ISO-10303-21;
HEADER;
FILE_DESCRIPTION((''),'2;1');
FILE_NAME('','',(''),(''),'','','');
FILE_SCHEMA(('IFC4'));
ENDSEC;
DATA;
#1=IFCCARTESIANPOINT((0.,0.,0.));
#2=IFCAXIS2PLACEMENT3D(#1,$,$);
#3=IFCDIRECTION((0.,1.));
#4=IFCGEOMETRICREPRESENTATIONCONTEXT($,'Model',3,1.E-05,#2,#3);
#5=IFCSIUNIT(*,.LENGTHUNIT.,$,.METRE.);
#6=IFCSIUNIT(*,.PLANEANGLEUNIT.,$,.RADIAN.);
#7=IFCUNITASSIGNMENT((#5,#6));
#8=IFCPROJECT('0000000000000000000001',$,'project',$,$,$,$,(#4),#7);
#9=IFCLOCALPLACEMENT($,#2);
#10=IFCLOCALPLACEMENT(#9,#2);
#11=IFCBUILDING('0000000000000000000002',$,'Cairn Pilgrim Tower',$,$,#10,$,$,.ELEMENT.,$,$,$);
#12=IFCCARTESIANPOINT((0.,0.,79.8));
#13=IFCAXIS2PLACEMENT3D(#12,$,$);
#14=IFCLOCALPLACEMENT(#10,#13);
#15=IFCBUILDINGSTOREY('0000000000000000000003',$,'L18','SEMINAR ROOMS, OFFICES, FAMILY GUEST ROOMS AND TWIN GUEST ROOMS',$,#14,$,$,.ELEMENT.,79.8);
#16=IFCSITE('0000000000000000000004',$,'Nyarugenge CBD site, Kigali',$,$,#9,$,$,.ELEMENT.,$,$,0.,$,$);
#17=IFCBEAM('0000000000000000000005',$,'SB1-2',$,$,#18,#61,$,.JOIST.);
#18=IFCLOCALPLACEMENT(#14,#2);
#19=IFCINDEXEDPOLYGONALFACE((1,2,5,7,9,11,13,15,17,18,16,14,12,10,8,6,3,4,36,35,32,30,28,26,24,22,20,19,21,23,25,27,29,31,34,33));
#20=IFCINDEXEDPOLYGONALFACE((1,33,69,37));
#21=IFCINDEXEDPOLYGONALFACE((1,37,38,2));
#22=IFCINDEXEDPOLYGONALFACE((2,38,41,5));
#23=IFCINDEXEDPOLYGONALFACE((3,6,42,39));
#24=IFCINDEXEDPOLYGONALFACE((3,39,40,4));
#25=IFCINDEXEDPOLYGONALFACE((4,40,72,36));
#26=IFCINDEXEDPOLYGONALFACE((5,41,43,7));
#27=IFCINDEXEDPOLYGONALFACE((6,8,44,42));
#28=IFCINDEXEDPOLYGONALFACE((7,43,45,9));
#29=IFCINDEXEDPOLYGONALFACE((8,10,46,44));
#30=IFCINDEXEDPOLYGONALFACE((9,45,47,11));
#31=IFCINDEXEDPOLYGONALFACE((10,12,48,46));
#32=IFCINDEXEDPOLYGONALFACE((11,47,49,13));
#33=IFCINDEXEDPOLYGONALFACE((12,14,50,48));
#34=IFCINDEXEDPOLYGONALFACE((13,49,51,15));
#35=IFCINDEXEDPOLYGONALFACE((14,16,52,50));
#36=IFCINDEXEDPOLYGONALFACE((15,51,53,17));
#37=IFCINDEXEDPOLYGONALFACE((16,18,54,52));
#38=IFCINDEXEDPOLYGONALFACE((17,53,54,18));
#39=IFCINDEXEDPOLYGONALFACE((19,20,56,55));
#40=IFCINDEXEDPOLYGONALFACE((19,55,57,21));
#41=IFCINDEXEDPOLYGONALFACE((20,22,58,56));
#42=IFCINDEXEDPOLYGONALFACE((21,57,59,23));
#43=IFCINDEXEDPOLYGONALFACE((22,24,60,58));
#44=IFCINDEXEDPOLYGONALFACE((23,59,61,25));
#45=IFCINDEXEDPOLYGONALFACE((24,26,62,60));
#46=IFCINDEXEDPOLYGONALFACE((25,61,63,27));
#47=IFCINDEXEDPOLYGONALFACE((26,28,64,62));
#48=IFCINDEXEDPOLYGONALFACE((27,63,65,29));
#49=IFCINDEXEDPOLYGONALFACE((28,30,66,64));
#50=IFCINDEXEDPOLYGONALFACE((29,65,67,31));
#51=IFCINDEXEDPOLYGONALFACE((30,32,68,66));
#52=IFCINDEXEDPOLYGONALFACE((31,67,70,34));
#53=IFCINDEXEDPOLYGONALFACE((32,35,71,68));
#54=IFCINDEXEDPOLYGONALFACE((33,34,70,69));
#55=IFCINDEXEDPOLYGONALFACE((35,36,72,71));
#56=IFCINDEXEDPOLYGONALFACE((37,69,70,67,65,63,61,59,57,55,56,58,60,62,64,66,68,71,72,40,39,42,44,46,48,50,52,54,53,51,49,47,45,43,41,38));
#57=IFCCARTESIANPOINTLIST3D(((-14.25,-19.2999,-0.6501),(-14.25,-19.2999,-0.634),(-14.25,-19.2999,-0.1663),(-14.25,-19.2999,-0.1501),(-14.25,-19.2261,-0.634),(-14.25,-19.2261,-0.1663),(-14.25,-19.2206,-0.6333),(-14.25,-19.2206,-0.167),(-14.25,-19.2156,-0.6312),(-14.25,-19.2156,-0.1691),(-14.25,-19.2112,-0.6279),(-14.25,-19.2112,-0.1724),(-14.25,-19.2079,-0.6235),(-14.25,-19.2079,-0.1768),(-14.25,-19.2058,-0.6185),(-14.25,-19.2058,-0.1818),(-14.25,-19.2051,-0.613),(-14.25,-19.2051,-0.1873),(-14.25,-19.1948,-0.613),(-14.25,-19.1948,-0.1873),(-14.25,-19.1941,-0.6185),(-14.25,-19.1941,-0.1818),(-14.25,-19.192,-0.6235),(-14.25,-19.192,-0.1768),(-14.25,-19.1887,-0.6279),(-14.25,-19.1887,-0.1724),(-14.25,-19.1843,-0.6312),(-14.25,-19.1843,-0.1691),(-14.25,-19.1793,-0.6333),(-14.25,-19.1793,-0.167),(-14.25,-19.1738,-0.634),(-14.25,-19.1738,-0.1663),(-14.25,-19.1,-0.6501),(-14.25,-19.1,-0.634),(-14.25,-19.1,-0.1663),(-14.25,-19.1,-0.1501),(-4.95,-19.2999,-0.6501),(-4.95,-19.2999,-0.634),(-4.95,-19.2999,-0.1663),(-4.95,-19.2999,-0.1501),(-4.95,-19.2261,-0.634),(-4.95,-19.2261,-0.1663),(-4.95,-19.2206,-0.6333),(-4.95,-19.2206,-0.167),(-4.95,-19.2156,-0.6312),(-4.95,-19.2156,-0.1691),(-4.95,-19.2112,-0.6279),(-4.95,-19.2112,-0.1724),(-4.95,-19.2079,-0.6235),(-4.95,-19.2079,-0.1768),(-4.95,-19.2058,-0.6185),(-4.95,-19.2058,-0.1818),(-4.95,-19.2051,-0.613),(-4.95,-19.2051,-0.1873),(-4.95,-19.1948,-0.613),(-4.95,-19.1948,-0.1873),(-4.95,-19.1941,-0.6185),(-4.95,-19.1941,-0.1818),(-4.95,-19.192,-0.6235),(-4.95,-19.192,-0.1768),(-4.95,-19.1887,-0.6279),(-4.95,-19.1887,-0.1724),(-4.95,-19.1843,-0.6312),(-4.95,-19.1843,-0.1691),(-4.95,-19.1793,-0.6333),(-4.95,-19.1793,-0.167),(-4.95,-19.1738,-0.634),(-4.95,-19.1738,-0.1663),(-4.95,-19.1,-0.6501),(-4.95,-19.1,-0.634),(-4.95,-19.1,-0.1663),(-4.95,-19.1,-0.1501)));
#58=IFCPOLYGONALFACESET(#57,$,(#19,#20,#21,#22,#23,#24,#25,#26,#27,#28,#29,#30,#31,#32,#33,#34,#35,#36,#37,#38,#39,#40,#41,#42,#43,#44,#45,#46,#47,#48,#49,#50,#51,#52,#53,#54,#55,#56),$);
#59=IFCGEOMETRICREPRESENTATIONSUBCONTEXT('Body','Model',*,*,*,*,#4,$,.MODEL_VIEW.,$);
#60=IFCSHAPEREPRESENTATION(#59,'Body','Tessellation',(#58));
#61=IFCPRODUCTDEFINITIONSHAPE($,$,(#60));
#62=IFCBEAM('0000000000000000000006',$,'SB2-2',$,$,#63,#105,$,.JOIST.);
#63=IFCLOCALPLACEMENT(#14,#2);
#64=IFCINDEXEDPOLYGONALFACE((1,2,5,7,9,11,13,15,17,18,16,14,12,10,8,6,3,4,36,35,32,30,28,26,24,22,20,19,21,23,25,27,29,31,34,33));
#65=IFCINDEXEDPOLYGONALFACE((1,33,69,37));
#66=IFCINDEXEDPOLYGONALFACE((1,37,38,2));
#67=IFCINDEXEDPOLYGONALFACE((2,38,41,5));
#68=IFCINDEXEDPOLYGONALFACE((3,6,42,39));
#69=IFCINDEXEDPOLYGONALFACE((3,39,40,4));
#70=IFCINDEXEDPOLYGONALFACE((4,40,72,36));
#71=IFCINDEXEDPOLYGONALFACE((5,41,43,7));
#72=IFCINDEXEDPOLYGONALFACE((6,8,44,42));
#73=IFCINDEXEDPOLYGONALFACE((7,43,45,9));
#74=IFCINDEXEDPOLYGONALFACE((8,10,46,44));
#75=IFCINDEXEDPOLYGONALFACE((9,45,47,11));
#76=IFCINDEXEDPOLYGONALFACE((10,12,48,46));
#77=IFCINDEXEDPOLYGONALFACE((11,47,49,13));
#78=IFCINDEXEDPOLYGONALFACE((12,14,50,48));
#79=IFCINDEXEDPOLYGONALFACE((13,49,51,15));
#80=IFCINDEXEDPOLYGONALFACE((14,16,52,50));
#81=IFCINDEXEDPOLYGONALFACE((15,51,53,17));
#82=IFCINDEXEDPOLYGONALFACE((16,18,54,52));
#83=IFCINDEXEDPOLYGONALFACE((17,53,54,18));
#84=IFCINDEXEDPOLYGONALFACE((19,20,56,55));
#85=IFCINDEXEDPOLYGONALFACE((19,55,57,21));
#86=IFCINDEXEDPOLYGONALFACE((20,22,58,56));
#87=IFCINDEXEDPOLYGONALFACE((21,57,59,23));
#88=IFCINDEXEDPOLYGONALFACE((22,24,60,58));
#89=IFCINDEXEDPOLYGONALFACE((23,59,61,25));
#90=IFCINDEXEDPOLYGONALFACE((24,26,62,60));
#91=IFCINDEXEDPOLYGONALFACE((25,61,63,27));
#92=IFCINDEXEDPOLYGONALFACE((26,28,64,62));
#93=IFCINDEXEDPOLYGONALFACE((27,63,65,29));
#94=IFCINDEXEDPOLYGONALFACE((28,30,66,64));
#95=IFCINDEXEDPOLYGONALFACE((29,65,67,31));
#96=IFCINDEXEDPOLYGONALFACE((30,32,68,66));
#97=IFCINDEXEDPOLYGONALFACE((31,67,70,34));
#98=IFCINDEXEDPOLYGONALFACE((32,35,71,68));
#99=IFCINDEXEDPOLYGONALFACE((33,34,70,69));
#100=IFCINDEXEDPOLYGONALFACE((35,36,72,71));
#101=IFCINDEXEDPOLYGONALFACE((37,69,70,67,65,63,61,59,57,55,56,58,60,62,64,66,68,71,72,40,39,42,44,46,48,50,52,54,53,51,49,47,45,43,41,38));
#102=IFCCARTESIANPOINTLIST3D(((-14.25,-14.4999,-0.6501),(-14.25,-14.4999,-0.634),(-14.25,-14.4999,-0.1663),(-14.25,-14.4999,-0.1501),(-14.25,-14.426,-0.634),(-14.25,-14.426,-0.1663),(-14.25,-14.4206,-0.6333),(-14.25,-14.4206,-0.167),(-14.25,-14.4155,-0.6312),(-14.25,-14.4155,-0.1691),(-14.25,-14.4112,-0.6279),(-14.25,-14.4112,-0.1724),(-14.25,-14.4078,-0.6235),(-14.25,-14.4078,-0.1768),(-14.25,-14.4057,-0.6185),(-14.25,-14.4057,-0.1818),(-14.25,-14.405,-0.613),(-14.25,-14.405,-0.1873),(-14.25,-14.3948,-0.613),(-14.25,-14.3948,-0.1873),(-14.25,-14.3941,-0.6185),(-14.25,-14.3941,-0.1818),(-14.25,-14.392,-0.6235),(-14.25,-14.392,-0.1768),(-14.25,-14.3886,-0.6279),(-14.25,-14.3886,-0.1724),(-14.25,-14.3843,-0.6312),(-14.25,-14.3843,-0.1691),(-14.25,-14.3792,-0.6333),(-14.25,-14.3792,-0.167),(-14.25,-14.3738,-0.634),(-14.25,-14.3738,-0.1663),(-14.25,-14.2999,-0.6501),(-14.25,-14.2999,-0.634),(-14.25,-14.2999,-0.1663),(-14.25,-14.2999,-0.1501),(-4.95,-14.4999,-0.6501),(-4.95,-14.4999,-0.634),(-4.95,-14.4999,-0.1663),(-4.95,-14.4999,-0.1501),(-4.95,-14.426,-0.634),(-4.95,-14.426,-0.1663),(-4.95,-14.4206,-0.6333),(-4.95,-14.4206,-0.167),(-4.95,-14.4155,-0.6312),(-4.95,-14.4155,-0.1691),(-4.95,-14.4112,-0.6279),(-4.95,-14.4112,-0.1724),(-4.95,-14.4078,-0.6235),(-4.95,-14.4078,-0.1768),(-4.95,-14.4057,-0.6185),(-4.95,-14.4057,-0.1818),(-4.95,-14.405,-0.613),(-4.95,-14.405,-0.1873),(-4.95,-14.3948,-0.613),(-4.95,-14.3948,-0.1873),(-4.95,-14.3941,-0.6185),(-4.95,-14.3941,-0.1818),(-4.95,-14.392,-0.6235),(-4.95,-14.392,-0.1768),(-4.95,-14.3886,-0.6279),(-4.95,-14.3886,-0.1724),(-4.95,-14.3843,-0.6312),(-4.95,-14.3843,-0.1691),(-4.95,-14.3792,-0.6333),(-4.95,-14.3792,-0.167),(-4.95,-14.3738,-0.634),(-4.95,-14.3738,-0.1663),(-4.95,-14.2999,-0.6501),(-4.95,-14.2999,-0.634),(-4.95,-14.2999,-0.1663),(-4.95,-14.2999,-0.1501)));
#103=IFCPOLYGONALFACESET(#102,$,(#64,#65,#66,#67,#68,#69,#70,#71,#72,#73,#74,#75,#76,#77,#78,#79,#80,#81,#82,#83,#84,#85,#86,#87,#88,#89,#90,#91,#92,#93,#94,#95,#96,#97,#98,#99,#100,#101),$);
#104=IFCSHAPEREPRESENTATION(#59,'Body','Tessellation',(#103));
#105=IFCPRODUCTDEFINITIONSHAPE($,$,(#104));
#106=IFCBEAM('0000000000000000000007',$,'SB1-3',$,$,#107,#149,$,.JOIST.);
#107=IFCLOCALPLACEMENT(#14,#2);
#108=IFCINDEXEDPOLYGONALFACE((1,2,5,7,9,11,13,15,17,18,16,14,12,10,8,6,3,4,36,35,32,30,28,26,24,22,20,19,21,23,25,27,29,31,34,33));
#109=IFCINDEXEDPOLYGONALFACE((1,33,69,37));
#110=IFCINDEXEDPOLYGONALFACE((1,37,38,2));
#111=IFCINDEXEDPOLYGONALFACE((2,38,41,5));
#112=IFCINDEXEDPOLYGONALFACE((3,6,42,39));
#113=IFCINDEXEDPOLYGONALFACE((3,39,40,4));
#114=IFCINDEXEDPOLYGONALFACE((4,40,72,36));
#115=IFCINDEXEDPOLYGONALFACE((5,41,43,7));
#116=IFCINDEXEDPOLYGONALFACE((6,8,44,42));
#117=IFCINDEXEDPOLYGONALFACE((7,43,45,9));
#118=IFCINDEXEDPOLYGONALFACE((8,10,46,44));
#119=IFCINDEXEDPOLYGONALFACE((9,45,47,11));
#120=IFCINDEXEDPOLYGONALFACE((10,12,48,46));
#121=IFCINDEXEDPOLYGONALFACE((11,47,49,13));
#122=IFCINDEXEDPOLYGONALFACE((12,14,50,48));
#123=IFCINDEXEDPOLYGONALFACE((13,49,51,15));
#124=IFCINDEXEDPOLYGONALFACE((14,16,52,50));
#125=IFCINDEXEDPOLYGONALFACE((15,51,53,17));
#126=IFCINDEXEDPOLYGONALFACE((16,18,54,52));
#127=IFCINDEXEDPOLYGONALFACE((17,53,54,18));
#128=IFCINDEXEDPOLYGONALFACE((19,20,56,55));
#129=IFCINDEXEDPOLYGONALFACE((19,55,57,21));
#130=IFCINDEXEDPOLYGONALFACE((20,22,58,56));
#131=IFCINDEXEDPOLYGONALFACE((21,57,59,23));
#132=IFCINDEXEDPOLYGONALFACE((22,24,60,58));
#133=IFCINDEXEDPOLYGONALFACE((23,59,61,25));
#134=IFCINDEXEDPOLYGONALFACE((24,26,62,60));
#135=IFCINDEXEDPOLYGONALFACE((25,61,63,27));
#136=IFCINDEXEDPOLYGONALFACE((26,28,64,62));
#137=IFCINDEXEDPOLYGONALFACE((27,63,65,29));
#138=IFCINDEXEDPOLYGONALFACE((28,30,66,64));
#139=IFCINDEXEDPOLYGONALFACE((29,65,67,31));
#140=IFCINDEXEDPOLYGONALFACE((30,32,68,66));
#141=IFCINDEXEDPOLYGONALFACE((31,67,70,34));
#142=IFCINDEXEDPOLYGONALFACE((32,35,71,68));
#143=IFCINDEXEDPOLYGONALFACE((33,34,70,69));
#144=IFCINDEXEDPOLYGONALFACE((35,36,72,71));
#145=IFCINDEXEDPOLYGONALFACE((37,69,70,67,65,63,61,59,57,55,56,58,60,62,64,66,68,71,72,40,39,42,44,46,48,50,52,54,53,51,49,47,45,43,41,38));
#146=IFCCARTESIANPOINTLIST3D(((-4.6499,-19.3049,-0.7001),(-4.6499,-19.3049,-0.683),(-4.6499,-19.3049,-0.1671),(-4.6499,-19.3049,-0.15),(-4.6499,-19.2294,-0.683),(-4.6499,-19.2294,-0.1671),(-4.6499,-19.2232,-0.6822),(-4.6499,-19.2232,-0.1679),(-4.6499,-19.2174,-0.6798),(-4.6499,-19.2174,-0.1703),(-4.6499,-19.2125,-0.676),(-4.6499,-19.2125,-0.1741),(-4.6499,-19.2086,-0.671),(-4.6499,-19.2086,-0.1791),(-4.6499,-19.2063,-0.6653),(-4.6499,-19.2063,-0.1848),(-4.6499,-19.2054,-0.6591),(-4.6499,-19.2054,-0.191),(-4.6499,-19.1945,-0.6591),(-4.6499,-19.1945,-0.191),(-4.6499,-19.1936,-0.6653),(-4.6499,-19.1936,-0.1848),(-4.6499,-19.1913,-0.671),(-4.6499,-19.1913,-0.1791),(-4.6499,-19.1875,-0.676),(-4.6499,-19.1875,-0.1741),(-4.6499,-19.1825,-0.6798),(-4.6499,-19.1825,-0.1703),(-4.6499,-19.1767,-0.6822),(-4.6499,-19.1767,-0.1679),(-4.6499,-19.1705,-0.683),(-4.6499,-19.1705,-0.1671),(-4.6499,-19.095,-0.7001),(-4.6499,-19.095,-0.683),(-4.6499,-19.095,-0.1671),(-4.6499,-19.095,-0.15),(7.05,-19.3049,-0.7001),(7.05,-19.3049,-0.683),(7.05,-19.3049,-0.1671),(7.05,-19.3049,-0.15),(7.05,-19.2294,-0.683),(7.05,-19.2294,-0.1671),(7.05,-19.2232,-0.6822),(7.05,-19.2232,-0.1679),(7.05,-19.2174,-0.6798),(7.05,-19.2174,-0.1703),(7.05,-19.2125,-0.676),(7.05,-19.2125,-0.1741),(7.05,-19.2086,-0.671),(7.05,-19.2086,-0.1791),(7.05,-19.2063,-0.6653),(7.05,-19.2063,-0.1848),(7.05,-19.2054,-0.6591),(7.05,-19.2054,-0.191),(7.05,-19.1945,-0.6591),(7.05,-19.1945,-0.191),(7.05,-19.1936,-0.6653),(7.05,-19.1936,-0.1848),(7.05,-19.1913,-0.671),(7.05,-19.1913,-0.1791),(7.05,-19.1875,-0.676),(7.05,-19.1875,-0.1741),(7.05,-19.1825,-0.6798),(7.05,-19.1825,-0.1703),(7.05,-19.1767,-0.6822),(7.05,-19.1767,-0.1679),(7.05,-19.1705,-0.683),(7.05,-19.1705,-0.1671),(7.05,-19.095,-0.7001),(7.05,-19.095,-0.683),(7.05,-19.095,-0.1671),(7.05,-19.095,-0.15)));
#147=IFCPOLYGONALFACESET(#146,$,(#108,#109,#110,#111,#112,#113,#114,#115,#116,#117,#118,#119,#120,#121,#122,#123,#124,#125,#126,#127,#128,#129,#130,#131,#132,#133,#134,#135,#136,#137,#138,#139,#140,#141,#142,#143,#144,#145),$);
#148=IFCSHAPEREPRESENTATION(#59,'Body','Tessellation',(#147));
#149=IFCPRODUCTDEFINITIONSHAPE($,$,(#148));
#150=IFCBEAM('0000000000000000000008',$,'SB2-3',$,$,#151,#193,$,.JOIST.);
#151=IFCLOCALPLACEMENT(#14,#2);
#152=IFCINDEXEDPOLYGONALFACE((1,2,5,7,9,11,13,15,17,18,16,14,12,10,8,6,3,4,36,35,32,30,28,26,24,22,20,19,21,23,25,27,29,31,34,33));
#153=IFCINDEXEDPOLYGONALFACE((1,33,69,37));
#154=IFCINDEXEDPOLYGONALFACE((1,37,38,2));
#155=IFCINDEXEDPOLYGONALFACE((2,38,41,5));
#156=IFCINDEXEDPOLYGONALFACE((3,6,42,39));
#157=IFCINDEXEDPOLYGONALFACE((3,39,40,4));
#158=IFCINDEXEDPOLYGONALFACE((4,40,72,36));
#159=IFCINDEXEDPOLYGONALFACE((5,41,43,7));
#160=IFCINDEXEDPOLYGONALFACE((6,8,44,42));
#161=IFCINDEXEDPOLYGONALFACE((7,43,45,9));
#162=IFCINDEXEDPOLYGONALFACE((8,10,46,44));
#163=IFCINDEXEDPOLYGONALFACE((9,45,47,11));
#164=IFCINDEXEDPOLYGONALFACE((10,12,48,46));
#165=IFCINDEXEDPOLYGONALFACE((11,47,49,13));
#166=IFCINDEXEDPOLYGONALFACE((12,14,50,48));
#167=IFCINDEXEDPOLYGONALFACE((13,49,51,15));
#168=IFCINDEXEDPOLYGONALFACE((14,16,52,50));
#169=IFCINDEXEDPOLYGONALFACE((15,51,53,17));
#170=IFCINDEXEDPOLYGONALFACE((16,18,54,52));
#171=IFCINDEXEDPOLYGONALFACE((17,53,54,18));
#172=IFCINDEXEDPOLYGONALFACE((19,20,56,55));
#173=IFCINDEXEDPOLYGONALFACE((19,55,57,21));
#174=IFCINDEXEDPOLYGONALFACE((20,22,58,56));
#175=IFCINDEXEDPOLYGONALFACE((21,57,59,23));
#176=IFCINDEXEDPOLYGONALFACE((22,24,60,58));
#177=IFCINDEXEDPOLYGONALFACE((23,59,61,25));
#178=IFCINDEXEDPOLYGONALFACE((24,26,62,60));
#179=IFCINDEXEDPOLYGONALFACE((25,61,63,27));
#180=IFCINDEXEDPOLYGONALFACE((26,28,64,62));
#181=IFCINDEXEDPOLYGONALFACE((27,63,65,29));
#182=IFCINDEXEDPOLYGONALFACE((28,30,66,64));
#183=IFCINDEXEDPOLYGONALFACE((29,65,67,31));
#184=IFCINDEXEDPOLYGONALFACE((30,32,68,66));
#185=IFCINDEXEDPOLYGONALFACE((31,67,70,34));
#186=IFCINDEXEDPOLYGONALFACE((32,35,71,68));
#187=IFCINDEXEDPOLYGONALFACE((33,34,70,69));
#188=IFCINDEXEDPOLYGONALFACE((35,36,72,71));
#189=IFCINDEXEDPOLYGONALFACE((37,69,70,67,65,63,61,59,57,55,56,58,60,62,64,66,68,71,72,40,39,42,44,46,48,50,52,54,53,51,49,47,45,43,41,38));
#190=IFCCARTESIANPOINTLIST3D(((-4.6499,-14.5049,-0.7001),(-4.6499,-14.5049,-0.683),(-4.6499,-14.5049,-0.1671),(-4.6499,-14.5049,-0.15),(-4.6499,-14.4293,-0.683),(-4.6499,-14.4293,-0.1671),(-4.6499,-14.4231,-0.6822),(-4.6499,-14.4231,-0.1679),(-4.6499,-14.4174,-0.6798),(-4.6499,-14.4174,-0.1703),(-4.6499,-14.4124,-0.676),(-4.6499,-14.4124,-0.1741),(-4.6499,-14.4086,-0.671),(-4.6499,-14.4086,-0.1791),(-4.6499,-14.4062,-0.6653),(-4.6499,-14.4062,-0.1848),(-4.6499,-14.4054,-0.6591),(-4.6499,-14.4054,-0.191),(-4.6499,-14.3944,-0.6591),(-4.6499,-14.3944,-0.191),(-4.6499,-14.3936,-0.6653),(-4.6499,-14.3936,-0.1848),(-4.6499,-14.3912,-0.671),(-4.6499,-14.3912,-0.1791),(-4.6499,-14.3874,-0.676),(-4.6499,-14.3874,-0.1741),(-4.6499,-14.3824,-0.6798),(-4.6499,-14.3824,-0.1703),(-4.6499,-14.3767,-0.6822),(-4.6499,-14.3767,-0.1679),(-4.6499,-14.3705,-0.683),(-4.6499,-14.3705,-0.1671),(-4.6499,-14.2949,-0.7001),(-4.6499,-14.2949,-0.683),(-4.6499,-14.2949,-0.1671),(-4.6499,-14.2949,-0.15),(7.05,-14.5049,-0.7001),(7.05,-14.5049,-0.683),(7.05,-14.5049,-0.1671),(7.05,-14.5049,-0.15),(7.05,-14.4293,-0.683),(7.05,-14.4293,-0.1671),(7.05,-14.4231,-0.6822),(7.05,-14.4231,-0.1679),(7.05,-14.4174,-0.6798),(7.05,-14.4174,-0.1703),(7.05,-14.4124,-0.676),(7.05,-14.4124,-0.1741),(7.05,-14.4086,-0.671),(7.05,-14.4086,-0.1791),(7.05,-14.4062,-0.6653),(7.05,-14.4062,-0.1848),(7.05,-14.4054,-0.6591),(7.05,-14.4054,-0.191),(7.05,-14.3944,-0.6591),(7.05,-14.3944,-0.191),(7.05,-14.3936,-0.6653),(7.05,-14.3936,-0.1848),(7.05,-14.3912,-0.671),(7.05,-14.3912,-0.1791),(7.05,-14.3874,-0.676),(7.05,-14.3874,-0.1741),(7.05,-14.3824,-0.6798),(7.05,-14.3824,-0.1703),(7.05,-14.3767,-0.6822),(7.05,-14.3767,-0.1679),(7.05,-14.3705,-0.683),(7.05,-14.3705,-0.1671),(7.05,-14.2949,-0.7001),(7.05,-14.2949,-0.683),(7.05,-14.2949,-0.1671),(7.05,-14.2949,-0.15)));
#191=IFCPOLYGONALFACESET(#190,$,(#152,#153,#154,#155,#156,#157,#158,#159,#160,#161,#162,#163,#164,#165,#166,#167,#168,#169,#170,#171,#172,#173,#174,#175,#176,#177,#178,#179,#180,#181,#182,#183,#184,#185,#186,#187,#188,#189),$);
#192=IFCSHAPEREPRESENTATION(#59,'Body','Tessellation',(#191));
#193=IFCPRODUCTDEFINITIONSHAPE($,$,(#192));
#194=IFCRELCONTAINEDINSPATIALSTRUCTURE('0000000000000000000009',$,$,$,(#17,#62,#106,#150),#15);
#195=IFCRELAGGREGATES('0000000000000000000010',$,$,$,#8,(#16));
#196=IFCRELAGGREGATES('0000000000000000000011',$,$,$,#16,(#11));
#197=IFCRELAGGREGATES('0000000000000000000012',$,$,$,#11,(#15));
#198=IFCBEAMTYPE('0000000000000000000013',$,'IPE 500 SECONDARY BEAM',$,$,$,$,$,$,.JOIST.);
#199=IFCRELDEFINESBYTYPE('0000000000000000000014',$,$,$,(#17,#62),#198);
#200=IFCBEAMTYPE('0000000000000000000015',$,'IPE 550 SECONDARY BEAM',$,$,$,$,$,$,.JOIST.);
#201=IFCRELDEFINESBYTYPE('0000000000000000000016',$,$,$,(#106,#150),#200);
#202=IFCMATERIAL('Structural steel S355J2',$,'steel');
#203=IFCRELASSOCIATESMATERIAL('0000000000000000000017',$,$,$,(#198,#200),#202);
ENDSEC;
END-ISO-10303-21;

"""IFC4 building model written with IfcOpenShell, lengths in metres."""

from ifc_helpers import new_model, si_unit, direction, frame, origin, origin_2d, place, context, subcontext, project, spatial, i_section, extrude, material, material_profile, profile_set, type_object, element, save


model = new_model("IFC4")

# Units and contexts
model_context = context("Model", 3, precision=1e-05, world=origin(), true_north=direction((0.0, 1.0)))
body_context = subcontext(model_context, "Body", "Model", "MODEL_VIEW")
ifc_project = project(units=[si_unit("LENGTHUNIT", "METRE"), si_unit("PLANEANGLEUNIT", "RADIAN")], contexts=[model_context])

# Site, building, storey
site_placement = place(None, origin())
site = spatial("IfcSite", under=ifc_project, at=site_placement, Name="Nyarugenge CBD site, Kigali", CompositionType="ELEMENT", RefElevation=0.0)
building_placement = place(site_placement, origin())
building = spatial("IfcBuilding", under=site, at=building_placement, Name="Cairn Pilgrim Tower", CompositionType="ELEMENT")
storey_placement = place(building_placement, frame((0.0, 0.0, 79.8)))
storey = spatial("IfcBuildingStorey", under=building, at=storey_placement, Name="L18", Description="SEMINAR ROOMS, OFFICES, FAMILY GUEST ROOMS AND TWIN GUEST ROOMS", CompositionType="ELEMENT", Elevation=79.8)

# Beams
ifc_material_1 = material(Name="Structural steel S355J2", Category="steel")
ifc_material_profile_1 = material_profile(ifc_material_1, i_section(OverallWidth=0.2, OverallDepth=0.5, WebThickness=0.0103, FlangeThickness=0.0161, FilletRadius=0.021, at=origin_2d()), Name="IPE 500")
ifc_profile_set_1 = profile_set([ifc_material_profile_1], Name="Structural steel S355J2")
beam_type_1 = type_object("IfcBeamType", Name="IPE 500 SECONDARY BEAM", PredefinedType="JOIST", material=ifc_profile_set_1)
for number, where, z_axis, x_axis, name in (
    (1, (-14.25, -19.2, -0.4001), (1.0, 0.0, 0.0), (0.0, 1.0, 0.0), "SB1-2"),
    (2, (-14.25, -14.3999, -0.4001), (1.0, 0.0, 0.0), (0.0, 1.0, 0.0), "SB2-2"),
):
    element("IfcBeam", number, at=place(storey_placement, frame(where, z_axis=z_axis, x_axis=x_axis)), inside=storey, type_object=beam_type_1, Name=name, PredefinedType="JOIST", context=body_context, shape_type="SweptSolid", body=[
        extrude(i_section(OverallWidth=0.2, OverallDepth=0.5, WebThickness=0.0103, FlangeThickness=0.0161, FilletRadius=0.021, at=origin_2d()), origin(), (0.0, 0.0, 1.0), 9.3),
    ])
ifc_material_profile_2 = material_profile(ifc_material_1, i_section(OverallWidth=0.21, OverallDepth=0.55, WebThickness=0.011, FlangeThickness=0.0171, FilletRadius=0.0239, at=origin_2d()), Name="IPE 550")
ifc_profile_set_2 = profile_set([ifc_material_profile_2], Name="Structural steel S355J2")
beam_type_2 = type_object("IfcBeamType", Name="IPE 550 SECONDARY BEAM", PredefinedType="JOIST", material=ifc_profile_set_2)
for number, where, z_axis, x_axis, name in (
    (3, (-4.6499, -19.2, -0.425), (1.0, 0.0, 0.0), (0.0, 1.0, 0.0), "SB1-3"),
    (4, (-4.6499, -14.3999, -0.425), (1.0, 0.0, 0.0), (0.0, 1.0, 0.0), "SB2-3"),
):
    element("IfcBeam", number, at=place(storey_placement, frame(where, z_axis=z_axis, x_axis=x_axis)), inside=storey, type_object=beam_type_2, Name=name, PredefinedType="JOIST", context=body_context, shape_type="SweptSolid", body=[
        extrude(i_section(OverallWidth=0.21, OverallDepth=0.55, WebThickness=0.011, FlangeThickness=0.0171, FilletRadius=0.0239, at=origin_2d()), origin(), (0.0, 0.0, 1.0), 11.7),
    ])

save(model, "model.ifc")
